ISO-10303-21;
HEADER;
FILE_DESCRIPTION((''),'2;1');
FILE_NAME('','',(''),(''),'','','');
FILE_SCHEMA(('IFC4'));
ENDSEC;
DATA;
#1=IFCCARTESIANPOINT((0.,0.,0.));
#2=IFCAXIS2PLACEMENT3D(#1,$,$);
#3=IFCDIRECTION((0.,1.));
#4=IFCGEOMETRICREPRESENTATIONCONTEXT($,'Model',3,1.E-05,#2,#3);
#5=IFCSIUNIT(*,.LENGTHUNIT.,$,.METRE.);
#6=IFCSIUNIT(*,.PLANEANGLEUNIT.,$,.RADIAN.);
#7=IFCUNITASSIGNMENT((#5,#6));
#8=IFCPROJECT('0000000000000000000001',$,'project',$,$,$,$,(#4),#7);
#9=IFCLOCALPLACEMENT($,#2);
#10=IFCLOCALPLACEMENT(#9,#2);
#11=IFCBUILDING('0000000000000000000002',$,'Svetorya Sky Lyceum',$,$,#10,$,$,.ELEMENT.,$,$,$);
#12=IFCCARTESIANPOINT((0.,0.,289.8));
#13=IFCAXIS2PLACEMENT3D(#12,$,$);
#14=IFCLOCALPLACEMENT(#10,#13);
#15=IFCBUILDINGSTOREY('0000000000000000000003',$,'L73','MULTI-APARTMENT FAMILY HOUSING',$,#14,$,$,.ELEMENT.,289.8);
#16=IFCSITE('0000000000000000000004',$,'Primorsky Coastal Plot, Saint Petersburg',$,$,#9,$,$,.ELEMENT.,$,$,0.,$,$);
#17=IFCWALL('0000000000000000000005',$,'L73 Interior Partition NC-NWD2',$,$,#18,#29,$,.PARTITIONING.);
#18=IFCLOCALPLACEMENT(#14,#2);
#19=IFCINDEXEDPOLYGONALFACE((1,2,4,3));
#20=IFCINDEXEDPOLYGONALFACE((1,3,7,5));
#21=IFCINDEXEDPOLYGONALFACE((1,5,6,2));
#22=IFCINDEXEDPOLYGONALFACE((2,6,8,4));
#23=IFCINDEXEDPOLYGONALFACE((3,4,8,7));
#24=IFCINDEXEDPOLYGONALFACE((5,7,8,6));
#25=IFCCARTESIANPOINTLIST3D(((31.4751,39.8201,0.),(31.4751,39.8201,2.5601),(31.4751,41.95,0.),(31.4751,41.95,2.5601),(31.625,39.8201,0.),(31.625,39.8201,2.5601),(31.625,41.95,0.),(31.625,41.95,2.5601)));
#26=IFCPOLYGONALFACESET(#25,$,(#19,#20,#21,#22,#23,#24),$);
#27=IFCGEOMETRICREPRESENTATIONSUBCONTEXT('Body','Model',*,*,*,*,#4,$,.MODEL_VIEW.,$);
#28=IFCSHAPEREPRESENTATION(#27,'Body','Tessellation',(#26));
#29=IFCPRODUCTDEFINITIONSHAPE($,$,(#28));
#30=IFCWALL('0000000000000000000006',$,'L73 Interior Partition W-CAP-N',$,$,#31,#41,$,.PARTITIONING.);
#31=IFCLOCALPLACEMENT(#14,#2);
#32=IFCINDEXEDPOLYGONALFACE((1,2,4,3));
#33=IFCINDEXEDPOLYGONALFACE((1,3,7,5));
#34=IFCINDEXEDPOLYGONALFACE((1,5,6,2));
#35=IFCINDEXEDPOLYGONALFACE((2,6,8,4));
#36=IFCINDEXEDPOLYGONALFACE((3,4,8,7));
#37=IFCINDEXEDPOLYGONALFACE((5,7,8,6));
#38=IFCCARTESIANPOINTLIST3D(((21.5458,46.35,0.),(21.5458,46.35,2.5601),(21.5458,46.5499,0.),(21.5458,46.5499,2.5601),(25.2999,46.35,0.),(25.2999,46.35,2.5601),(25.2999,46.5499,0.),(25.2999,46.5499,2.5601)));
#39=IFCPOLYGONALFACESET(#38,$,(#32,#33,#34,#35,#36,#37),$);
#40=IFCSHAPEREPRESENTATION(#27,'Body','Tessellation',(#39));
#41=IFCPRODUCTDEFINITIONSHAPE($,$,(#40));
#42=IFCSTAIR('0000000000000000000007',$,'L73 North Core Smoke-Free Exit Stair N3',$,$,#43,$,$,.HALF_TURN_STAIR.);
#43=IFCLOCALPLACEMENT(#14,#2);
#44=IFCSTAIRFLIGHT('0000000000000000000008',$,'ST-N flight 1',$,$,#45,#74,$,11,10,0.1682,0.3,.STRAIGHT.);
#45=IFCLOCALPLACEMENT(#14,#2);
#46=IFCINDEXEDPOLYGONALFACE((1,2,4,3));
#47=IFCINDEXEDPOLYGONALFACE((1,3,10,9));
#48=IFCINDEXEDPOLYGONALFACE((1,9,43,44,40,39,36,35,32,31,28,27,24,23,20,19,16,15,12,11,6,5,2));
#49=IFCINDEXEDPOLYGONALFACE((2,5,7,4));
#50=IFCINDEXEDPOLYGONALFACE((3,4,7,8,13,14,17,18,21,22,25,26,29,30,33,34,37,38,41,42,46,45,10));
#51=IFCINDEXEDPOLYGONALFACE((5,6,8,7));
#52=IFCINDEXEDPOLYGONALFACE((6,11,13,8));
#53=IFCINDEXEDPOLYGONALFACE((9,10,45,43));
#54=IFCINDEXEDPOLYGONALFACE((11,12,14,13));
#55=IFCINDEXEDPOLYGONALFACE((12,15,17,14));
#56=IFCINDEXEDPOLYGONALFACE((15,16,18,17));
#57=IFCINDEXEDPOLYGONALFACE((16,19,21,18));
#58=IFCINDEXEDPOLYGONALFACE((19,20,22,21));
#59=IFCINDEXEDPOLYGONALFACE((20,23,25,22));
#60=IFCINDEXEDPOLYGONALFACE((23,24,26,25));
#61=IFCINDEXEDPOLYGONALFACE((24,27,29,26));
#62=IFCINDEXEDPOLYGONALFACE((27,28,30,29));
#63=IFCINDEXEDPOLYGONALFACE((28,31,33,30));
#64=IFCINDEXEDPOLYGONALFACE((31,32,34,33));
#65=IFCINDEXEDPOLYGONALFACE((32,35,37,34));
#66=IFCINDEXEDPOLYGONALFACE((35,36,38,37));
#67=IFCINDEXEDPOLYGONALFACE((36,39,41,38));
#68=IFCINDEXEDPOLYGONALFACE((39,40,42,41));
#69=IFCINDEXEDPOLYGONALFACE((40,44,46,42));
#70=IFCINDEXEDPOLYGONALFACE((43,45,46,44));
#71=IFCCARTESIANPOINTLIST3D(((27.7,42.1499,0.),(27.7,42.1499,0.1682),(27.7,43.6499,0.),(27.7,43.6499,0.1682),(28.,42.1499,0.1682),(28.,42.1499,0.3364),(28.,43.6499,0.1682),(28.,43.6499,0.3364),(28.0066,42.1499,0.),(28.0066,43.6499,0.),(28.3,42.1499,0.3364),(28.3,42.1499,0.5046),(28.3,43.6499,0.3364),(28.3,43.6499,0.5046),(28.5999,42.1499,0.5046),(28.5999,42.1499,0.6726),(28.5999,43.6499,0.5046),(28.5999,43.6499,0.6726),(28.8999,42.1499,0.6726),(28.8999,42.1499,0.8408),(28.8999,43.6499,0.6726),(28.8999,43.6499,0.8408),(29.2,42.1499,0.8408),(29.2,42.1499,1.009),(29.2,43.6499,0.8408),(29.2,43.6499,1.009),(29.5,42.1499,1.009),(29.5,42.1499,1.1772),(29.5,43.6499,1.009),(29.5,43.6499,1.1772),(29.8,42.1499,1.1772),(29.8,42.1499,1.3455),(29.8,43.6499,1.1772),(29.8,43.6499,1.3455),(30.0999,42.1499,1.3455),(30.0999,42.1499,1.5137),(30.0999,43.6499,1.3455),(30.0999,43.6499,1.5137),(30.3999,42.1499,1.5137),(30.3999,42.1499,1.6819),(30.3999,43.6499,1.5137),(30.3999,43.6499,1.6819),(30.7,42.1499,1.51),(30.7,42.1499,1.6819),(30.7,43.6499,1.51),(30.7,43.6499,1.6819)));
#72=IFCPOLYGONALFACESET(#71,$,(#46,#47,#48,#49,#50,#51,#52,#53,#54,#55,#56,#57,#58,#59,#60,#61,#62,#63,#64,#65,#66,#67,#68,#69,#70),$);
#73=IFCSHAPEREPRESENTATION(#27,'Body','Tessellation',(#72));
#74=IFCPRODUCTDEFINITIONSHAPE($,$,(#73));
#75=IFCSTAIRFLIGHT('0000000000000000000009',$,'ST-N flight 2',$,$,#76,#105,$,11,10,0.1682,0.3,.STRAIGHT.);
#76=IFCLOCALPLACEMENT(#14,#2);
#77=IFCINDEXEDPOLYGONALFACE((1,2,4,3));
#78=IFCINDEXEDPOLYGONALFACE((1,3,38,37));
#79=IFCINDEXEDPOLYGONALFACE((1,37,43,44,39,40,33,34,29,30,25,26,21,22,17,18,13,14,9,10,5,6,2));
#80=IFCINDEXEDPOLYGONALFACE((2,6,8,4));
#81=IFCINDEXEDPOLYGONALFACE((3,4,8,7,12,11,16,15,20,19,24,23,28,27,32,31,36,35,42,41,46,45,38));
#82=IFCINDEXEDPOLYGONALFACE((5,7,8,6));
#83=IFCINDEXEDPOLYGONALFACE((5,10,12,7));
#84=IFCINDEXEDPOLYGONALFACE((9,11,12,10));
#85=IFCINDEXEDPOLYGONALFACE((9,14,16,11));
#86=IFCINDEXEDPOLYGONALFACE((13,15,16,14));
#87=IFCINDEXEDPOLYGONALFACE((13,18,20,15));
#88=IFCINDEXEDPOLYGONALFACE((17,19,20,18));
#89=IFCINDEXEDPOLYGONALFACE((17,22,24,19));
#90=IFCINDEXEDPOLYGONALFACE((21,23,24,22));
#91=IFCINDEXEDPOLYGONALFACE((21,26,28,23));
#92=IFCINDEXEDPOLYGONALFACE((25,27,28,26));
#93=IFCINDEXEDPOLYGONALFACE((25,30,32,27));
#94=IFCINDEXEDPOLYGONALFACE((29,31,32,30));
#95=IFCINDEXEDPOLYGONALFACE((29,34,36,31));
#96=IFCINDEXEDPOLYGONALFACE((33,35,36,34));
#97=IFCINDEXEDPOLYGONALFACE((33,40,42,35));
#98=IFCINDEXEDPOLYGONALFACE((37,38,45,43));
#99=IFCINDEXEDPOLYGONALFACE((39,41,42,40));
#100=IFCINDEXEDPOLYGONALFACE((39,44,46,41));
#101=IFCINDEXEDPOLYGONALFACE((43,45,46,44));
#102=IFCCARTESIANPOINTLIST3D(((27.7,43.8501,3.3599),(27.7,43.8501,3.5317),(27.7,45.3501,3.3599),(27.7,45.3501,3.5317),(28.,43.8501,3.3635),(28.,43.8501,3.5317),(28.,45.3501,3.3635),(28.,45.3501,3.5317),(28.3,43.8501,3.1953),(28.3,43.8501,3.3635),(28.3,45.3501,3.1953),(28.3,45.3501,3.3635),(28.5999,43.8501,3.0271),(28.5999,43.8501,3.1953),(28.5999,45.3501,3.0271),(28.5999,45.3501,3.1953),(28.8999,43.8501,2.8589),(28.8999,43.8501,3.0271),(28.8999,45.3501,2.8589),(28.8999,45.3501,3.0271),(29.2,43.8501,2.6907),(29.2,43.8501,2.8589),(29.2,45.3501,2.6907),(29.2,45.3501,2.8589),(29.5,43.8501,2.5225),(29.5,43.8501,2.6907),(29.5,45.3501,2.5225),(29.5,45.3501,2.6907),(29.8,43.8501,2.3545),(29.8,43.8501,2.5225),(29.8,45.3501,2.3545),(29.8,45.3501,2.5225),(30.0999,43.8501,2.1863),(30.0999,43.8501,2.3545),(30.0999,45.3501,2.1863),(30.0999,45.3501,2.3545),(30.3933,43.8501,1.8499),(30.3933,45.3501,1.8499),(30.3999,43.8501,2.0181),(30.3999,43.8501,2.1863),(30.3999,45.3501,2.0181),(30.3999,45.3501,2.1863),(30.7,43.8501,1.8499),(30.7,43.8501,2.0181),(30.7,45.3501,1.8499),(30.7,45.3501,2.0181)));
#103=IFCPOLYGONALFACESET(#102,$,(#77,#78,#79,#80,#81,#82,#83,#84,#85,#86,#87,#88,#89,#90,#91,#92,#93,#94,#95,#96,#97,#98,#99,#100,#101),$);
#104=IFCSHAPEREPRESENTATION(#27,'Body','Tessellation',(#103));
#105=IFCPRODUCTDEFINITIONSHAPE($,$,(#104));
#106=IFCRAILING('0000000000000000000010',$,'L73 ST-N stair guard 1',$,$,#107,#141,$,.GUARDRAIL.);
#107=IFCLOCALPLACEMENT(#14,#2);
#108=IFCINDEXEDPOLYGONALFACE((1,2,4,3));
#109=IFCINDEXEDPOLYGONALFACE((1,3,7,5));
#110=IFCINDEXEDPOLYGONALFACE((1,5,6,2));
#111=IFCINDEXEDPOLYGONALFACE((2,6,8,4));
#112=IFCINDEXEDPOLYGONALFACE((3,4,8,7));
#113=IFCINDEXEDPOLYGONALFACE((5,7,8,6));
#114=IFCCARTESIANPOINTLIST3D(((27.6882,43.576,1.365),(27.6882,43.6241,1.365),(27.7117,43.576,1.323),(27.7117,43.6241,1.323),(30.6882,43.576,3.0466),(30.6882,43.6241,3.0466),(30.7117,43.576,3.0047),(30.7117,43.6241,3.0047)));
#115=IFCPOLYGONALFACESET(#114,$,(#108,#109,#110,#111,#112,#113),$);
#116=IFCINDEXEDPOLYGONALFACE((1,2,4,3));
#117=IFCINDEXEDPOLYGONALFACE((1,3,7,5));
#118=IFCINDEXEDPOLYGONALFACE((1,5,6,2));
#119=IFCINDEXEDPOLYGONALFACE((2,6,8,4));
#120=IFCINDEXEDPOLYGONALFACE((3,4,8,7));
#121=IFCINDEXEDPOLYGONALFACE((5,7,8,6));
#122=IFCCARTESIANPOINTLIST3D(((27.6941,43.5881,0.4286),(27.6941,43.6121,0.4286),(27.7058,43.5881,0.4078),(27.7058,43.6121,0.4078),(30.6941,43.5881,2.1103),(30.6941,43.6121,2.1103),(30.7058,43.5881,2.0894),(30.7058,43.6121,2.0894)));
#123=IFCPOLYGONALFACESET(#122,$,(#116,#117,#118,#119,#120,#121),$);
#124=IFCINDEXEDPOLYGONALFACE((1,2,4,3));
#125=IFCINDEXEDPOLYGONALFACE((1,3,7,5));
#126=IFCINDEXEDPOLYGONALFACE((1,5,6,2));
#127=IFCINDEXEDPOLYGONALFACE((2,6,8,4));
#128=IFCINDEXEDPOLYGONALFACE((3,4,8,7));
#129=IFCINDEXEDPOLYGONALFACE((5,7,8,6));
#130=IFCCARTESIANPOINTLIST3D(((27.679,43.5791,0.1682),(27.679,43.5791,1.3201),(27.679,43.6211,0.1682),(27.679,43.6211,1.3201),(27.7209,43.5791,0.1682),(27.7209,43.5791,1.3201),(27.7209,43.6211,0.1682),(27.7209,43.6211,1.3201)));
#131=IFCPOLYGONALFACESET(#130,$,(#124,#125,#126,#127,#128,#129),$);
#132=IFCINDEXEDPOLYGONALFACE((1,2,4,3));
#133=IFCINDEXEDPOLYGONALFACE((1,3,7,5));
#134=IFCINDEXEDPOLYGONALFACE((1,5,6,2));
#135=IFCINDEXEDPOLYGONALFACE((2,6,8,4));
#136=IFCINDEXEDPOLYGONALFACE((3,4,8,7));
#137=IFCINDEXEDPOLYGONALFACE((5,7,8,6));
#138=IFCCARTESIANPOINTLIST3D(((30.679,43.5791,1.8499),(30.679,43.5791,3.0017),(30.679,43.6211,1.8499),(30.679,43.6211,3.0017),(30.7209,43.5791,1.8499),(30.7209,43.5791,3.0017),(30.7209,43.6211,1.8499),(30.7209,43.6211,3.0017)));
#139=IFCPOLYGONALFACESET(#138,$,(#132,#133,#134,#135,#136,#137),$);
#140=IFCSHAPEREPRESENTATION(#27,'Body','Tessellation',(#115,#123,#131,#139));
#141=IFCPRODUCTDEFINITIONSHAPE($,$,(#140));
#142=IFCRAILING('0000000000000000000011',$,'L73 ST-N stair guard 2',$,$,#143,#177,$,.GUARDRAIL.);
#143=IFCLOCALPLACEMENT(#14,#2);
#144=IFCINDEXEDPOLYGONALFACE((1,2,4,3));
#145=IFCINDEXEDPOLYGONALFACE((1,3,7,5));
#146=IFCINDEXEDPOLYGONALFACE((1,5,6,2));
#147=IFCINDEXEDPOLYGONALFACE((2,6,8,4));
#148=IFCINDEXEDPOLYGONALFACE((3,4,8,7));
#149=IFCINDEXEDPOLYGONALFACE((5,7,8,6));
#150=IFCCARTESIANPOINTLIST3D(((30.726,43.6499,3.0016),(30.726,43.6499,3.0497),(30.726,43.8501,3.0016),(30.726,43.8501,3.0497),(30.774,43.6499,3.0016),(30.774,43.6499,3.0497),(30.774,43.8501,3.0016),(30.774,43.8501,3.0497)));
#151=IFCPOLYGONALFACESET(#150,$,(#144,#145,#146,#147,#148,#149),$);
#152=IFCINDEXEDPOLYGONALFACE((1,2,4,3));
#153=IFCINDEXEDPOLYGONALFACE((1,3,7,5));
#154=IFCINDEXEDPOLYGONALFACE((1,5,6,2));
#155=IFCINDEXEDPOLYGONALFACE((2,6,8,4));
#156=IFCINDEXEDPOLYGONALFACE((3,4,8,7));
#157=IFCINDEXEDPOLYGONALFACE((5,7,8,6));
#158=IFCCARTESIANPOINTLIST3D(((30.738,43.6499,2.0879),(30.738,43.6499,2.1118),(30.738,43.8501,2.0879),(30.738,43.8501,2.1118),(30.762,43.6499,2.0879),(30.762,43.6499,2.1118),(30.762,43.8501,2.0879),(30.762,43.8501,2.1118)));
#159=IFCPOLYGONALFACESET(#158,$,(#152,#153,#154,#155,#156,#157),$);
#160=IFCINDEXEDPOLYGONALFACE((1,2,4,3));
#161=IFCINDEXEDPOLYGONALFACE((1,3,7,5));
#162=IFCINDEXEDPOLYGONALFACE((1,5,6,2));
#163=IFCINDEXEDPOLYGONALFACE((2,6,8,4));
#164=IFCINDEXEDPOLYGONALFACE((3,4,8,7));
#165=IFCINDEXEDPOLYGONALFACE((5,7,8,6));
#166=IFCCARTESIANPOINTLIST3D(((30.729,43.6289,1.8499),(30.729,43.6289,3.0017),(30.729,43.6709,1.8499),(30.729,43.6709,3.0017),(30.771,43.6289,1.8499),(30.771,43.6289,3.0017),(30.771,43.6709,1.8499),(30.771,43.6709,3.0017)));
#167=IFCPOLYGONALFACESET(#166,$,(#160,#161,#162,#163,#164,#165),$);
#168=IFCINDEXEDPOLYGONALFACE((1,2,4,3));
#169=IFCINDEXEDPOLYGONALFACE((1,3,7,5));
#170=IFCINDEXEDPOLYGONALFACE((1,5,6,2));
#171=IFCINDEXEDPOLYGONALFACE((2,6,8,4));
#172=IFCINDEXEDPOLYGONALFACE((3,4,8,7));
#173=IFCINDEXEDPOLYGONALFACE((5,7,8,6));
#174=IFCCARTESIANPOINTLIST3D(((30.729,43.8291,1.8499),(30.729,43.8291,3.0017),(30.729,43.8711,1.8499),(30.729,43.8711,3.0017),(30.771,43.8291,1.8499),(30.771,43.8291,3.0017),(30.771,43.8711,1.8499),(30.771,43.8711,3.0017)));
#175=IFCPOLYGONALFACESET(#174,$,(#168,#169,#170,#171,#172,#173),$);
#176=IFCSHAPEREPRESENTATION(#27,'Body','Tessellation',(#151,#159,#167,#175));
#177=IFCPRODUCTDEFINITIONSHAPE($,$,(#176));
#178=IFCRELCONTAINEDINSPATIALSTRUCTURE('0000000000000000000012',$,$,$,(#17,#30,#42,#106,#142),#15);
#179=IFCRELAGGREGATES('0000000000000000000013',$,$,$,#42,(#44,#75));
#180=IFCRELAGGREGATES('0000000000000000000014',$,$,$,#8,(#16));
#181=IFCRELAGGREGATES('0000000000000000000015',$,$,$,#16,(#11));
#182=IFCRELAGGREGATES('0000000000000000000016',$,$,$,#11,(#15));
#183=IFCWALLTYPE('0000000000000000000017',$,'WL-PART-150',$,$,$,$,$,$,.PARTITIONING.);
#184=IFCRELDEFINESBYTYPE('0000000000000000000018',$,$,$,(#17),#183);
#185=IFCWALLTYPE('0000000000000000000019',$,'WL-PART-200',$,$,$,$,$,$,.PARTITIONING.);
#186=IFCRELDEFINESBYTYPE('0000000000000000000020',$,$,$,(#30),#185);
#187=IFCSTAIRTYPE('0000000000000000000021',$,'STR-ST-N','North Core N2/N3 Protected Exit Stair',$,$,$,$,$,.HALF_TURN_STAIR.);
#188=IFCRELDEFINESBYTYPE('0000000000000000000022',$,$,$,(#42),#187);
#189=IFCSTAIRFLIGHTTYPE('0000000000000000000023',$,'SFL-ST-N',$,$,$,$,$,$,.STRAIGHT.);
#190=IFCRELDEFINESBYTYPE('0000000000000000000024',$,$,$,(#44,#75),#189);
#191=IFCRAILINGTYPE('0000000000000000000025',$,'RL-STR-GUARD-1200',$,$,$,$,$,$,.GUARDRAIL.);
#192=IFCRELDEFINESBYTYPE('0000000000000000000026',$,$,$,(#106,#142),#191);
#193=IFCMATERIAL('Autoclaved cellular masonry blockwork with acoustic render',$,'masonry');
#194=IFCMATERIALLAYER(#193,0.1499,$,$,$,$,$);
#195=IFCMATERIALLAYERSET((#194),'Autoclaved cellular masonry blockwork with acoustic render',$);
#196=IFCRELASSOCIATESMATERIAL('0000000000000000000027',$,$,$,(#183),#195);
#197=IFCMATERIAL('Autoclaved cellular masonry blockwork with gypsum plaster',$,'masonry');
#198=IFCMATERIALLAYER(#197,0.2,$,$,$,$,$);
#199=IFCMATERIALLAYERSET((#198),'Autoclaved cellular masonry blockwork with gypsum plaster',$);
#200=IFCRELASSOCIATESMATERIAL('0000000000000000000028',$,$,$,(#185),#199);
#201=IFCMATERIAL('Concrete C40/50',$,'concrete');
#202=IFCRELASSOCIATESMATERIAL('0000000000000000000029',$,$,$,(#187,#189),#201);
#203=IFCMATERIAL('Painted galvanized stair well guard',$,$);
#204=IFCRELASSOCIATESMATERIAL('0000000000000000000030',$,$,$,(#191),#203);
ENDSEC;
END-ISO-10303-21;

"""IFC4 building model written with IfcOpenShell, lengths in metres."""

from ifc_helpers import new_model, si_unit, direction, frame, frame_2d, origin, origin_2d, place, context, subcontext, project, spatial, polyline, rectangle, outline, extrude, material, layer, layer_set, type_object, element, aggregate, save


model = new_model("IFC4")

# Units and contexts
model_context = context("Model", 3, precision=1e-05, world=origin(), true_north=direction((0.0, 1.0)))
body_context = subcontext(model_context, "Body", "Model", "MODEL_VIEW")
ifc_project = project(units=[si_unit("LENGTHUNIT", "METRE"), si_unit("PLANEANGLEUNIT", "RADIAN")], contexts=[model_context])

# Site, building, storey
site_placement = place(None, origin())
site = spatial("IfcSite", under=ifc_project, at=site_placement, Name="Primorsky Coastal Plot, Saint Petersburg", CompositionType="ELEMENT", RefElevation=0.0)
building_placement = place(site_placement, origin())
building = spatial("IfcBuilding", under=site, at=building_placement, Name="Svetorya Sky Lyceum", CompositionType="ELEMENT")
storey_placement = place(building_placement, frame((0.0, 0.0, 289.8)))
storey = spatial("IfcBuildingStorey", under=building, at=storey_placement, Name="L73", Description="MULTI-APARTMENT FAMILY HOUSING", CompositionType="ELEMENT", Elevation=289.8)

# Shared definitions
ifc_material_1 = material(Name="Concrete C40/50", Category="concrete")

# Shared definitions
ifc_material_2 = material(Name="Autoclaved cellular masonry blockwork with acoustic render", Category="masonry")
ifc_layer_1 = layer(ifc_material_2, 0.1499)
ifc_layer_set_1 = layer_set([ifc_layer_1], Name="Autoclaved cellular masonry blockwork with acoustic render")
wall_type_1 = type_object("IfcWallType", Name="WL-PART-150", PredefinedType="PARTITIONING", material=ifc_layer_set_1)

# Walls
for number, where, z_axis, x_axis, name in (
    (1, (31.55, 39.8201, 0.0), (0.0, 0.0, 1.0), (0.0, 1.0, 0.0), "L73 Interior Partition NC-NWD2"),
):
    element("IfcWall", number, at=place(storey_placement, frame(where, z_axis=z_axis, x_axis=x_axis)), inside=storey, type_object=wall_type_1, Name=name, PredefinedType="PARTITIONING", context=body_context, shape_type="SweptSolid", body=[
        extrude(rectangle(XDim=2.1299, YDim=0.1499, at=frame_2d((1.0649, 0.0))), origin(), (0.0, 0.0, 1.0), 2.5601),
    ])
ifc_material_3 = material(Name="Autoclaved cellular masonry blockwork with gypsum plaster", Category="masonry")
ifc_layer_2 = layer(ifc_material_3, 0.2)
ifc_layer_set_2 = layer_set([ifc_layer_2], Name="Autoclaved cellular masonry blockwork with gypsum plaster")
wall_type_2 = type_object("IfcWallType", Name="WL-PART-200", PredefinedType="PARTITIONING", material=ifc_layer_set_2)
wall_1_placement = place(storey_placement, frame((21.5459, 46.45, 0.0), z_axis=(0.0, 0.0, 1.0), x_axis=(1.0, 0.0, 0.0)))
element("IfcWall", 2, at=wall_1_placement, inside=storey, type_object=wall_type_2, Name="L73 Interior Partition W-CAP-N", PredefinedType="PARTITIONING", context=body_context, shape_type="SweptSolid", body=[
    extrude(rectangle(XDim=3.7542, YDim=0.2, at=frame_2d((1.877, 0.0))), origin(), (0.0, 0.0, 1.0), 2.5601),
])

# Stair, stair flights
stair_type = type_object("IfcStairType", Name="STR-ST-N", Description="North Core N2/N3 Protected Exit Stair", PredefinedType="HALF_TURN_STAIR", material=ifc_material_1)
stair_placement = place(storey_placement, origin())
stair = element("IfcStair", 3, at=stair_placement, inside=storey, type_object=stair_type, Name="L73 North Core Smoke-Free Exit Stair N3", PredefinedType="HALF_TURN_STAIR")
stair_flight_type = type_object("IfcStairFlightType", Name="SFL-ST-N", PredefinedType="STRAIGHT", material=ifc_material_1)
stair_flight_1_placement = place(storey_placement, frame((27.7, 42.8999, 0.0), z_axis=(0.0, 0.0, 1.0), x_axis=(1.0, 0.0, 0.0)))
stair_flight_1 = element("IfcStairFlight", 4, at=stair_flight_1_placement, type_object=stair_flight_type, Name="ST-N flight 1", NumberOfRisers=11, NumberOfTreads=10, PredefinedType="STRAIGHT", RiserHeight=0.1682, TreadLength=0.3, context=body_context, shape_type="SweptSolid", body=[
    extrude(outline(polyline([(0.0, 0.0), (0.0, 0.1682), (0.3, 0.1682), (0.3, 0.3364), (0.6001, 0.3364), (0.6001, 0.5046), (0.8999, 0.5046), (0.8999, 0.6726), (1.2, 0.6726), (1.2, 0.8408), (1.5, 0.8408), (1.5, 1.009), (1.8, 1.009), (1.8, 1.1772), (2.1001, 1.1772), (2.1001, 1.3455), (2.3999, 1.3455), (2.3999, 1.5137), (2.7, 1.5137), (2.7, 1.6819), (3.0, 1.6819), (3.0, 1.8501), (3.0, 1.51), (0.3066, 0.0), (0.0, 0.0)])), frame((0.0, 0.75, 0.0), z_axis=(0.0, -1.0, 0.0), x_axis=(1.0, 0.0, 0.0)), (0.0, 0.0, 1.0), 1.5),
])
stair_flight_2_placement = place(storey_placement, frame((30.7, 44.6001, 1.8499), z_axis=(0.0, 0.0, 1.0), x_axis=(-1.0, 0.0, 0.0)))
stair_flight_2 = element("IfcStairFlight", 5, at=stair_flight_2_placement, type_object=stair_flight_type, Name="ST-N flight 2", NumberOfRisers=11, NumberOfTreads=10, PredefinedType="STRAIGHT", RiserHeight=0.1682, TreadLength=0.3, context=body_context, shape_type="SweptSolid", body=[
    extrude(outline(polyline([(0.0, 0.0), (0.0, 0.1682), (0.3, 0.1682), (0.3, 0.3364), (0.6001, 0.3364), (0.6001, 0.5046), (0.8999, 0.5046), (0.8999, 0.6726), (1.2, 0.6726), (1.2, 0.8408), (1.5, 0.8408), (1.5, 1.009), (1.8, 1.009), (1.8, 1.1772), (2.1001, 1.1772), (2.1001, 1.3455), (2.3999, 1.3455), (2.3999, 1.5137), (2.7, 1.5137), (2.7, 1.6819), (3.0, 1.6819), (3.0, 1.8501), (3.0, 1.51), (0.3066, 0.0), (0.0, 0.0)])), frame((0.0, 0.75, 0.0), z_axis=(0.0, -1.0, 0.0), x_axis=(1.0, 0.0, 0.0)), (0.0, 0.0, 1.0), 1.5),
])
aggregate(stair, [stair_flight_1, stair_flight_2])

# Railings
ifc_material_4 = material(Name="Painted galvanized stair well guard")
railing_type_1 = type_object("IfcRailingType", Name="RL-STR-GUARD-1200", PredefinedType="GUARDRAIL", material=ifc_material_4)
railing_1_placement = place(storey_placement, frame((27.7, 43.6001, 0.1682)))
element("IfcRailing", 6, at=railing_1_placement, inside=storey, type_object=railing_type_1, Name="L73 ST-N stair guard 1", PredefinedType="GUARDRAIL", context=body_context, shape_type="SweptSolid", body=[
    extrude(rectangle(XDim=0.0481, YDim=0.0481, at=origin_2d()), frame((0.0, 0.0, 1.1758), z_axis=(0.872303, 0.0, 0.488966), x_axis=(0.0, 1.0, 0.0)), (0.0, 0.0, 1.0), 3.4392),
    extrude(rectangle(XDim=0.0239, YDim=0.0239, at=origin_2d()), frame((0.0, 0.0, 0.25), z_axis=(0.872303, 0.0, 0.488966), x_axis=(0.0, 1.0, 0.0)), (0.0, 0.0, 1.0), 3.4392),
    extrude(rectangle(XDim=0.042, YDim=0.042, at=origin_2d()), origin(), (0.0, 0.0, 1.0), 1.1519),
    extrude(rectangle(XDim=0.042, YDim=0.042, at=origin_2d()), frame((3.0, 0.0, 1.6816)), (0.0, 0.0, 1.0), 1.1519),
])
railing_2_placement = place(storey_placement, frame((30.75, 43.6499, 1.8499)))
element("IfcRailing", 7, at=railing_2_placement, inside=storey, type_object=railing_type_1, Name="L73 ST-N stair guard 2", PredefinedType="GUARDRAIL", context=body_context, shape_type="SweptSolid", body=[
    extrude(rectangle(XDim=0.0481, YDim=0.0481, at=origin_2d()), frame((0.0, 0.0, 1.1758), z_axis=(0.0, 1.0, 0.0), x_axis=(-1.0, 0.0, 0.0)), (0.0, 0.0, 1.0), 0.2002),
    extrude(rectangle(XDim=0.0239, YDim=0.0239, at=origin_2d()), frame((0.0, 0.0, 0.25), z_axis=(0.0, 1.0, 0.0), x_axis=(-1.0, 0.0, 0.0)), (0.0, 0.0, 1.0), 0.2002),
    extrude(rectangle(XDim=0.042, YDim=0.042, at=origin_2d()), origin(), (0.0, 0.0, 1.0), 1.1519),
    extrude(rectangle(XDim=0.042, YDim=0.042, at=origin_2d()), frame((0.0, 0.2002, 0.0)), (0.0, 0.0, 1.0), 1.1519),
])

save(model, "model.ifc")
